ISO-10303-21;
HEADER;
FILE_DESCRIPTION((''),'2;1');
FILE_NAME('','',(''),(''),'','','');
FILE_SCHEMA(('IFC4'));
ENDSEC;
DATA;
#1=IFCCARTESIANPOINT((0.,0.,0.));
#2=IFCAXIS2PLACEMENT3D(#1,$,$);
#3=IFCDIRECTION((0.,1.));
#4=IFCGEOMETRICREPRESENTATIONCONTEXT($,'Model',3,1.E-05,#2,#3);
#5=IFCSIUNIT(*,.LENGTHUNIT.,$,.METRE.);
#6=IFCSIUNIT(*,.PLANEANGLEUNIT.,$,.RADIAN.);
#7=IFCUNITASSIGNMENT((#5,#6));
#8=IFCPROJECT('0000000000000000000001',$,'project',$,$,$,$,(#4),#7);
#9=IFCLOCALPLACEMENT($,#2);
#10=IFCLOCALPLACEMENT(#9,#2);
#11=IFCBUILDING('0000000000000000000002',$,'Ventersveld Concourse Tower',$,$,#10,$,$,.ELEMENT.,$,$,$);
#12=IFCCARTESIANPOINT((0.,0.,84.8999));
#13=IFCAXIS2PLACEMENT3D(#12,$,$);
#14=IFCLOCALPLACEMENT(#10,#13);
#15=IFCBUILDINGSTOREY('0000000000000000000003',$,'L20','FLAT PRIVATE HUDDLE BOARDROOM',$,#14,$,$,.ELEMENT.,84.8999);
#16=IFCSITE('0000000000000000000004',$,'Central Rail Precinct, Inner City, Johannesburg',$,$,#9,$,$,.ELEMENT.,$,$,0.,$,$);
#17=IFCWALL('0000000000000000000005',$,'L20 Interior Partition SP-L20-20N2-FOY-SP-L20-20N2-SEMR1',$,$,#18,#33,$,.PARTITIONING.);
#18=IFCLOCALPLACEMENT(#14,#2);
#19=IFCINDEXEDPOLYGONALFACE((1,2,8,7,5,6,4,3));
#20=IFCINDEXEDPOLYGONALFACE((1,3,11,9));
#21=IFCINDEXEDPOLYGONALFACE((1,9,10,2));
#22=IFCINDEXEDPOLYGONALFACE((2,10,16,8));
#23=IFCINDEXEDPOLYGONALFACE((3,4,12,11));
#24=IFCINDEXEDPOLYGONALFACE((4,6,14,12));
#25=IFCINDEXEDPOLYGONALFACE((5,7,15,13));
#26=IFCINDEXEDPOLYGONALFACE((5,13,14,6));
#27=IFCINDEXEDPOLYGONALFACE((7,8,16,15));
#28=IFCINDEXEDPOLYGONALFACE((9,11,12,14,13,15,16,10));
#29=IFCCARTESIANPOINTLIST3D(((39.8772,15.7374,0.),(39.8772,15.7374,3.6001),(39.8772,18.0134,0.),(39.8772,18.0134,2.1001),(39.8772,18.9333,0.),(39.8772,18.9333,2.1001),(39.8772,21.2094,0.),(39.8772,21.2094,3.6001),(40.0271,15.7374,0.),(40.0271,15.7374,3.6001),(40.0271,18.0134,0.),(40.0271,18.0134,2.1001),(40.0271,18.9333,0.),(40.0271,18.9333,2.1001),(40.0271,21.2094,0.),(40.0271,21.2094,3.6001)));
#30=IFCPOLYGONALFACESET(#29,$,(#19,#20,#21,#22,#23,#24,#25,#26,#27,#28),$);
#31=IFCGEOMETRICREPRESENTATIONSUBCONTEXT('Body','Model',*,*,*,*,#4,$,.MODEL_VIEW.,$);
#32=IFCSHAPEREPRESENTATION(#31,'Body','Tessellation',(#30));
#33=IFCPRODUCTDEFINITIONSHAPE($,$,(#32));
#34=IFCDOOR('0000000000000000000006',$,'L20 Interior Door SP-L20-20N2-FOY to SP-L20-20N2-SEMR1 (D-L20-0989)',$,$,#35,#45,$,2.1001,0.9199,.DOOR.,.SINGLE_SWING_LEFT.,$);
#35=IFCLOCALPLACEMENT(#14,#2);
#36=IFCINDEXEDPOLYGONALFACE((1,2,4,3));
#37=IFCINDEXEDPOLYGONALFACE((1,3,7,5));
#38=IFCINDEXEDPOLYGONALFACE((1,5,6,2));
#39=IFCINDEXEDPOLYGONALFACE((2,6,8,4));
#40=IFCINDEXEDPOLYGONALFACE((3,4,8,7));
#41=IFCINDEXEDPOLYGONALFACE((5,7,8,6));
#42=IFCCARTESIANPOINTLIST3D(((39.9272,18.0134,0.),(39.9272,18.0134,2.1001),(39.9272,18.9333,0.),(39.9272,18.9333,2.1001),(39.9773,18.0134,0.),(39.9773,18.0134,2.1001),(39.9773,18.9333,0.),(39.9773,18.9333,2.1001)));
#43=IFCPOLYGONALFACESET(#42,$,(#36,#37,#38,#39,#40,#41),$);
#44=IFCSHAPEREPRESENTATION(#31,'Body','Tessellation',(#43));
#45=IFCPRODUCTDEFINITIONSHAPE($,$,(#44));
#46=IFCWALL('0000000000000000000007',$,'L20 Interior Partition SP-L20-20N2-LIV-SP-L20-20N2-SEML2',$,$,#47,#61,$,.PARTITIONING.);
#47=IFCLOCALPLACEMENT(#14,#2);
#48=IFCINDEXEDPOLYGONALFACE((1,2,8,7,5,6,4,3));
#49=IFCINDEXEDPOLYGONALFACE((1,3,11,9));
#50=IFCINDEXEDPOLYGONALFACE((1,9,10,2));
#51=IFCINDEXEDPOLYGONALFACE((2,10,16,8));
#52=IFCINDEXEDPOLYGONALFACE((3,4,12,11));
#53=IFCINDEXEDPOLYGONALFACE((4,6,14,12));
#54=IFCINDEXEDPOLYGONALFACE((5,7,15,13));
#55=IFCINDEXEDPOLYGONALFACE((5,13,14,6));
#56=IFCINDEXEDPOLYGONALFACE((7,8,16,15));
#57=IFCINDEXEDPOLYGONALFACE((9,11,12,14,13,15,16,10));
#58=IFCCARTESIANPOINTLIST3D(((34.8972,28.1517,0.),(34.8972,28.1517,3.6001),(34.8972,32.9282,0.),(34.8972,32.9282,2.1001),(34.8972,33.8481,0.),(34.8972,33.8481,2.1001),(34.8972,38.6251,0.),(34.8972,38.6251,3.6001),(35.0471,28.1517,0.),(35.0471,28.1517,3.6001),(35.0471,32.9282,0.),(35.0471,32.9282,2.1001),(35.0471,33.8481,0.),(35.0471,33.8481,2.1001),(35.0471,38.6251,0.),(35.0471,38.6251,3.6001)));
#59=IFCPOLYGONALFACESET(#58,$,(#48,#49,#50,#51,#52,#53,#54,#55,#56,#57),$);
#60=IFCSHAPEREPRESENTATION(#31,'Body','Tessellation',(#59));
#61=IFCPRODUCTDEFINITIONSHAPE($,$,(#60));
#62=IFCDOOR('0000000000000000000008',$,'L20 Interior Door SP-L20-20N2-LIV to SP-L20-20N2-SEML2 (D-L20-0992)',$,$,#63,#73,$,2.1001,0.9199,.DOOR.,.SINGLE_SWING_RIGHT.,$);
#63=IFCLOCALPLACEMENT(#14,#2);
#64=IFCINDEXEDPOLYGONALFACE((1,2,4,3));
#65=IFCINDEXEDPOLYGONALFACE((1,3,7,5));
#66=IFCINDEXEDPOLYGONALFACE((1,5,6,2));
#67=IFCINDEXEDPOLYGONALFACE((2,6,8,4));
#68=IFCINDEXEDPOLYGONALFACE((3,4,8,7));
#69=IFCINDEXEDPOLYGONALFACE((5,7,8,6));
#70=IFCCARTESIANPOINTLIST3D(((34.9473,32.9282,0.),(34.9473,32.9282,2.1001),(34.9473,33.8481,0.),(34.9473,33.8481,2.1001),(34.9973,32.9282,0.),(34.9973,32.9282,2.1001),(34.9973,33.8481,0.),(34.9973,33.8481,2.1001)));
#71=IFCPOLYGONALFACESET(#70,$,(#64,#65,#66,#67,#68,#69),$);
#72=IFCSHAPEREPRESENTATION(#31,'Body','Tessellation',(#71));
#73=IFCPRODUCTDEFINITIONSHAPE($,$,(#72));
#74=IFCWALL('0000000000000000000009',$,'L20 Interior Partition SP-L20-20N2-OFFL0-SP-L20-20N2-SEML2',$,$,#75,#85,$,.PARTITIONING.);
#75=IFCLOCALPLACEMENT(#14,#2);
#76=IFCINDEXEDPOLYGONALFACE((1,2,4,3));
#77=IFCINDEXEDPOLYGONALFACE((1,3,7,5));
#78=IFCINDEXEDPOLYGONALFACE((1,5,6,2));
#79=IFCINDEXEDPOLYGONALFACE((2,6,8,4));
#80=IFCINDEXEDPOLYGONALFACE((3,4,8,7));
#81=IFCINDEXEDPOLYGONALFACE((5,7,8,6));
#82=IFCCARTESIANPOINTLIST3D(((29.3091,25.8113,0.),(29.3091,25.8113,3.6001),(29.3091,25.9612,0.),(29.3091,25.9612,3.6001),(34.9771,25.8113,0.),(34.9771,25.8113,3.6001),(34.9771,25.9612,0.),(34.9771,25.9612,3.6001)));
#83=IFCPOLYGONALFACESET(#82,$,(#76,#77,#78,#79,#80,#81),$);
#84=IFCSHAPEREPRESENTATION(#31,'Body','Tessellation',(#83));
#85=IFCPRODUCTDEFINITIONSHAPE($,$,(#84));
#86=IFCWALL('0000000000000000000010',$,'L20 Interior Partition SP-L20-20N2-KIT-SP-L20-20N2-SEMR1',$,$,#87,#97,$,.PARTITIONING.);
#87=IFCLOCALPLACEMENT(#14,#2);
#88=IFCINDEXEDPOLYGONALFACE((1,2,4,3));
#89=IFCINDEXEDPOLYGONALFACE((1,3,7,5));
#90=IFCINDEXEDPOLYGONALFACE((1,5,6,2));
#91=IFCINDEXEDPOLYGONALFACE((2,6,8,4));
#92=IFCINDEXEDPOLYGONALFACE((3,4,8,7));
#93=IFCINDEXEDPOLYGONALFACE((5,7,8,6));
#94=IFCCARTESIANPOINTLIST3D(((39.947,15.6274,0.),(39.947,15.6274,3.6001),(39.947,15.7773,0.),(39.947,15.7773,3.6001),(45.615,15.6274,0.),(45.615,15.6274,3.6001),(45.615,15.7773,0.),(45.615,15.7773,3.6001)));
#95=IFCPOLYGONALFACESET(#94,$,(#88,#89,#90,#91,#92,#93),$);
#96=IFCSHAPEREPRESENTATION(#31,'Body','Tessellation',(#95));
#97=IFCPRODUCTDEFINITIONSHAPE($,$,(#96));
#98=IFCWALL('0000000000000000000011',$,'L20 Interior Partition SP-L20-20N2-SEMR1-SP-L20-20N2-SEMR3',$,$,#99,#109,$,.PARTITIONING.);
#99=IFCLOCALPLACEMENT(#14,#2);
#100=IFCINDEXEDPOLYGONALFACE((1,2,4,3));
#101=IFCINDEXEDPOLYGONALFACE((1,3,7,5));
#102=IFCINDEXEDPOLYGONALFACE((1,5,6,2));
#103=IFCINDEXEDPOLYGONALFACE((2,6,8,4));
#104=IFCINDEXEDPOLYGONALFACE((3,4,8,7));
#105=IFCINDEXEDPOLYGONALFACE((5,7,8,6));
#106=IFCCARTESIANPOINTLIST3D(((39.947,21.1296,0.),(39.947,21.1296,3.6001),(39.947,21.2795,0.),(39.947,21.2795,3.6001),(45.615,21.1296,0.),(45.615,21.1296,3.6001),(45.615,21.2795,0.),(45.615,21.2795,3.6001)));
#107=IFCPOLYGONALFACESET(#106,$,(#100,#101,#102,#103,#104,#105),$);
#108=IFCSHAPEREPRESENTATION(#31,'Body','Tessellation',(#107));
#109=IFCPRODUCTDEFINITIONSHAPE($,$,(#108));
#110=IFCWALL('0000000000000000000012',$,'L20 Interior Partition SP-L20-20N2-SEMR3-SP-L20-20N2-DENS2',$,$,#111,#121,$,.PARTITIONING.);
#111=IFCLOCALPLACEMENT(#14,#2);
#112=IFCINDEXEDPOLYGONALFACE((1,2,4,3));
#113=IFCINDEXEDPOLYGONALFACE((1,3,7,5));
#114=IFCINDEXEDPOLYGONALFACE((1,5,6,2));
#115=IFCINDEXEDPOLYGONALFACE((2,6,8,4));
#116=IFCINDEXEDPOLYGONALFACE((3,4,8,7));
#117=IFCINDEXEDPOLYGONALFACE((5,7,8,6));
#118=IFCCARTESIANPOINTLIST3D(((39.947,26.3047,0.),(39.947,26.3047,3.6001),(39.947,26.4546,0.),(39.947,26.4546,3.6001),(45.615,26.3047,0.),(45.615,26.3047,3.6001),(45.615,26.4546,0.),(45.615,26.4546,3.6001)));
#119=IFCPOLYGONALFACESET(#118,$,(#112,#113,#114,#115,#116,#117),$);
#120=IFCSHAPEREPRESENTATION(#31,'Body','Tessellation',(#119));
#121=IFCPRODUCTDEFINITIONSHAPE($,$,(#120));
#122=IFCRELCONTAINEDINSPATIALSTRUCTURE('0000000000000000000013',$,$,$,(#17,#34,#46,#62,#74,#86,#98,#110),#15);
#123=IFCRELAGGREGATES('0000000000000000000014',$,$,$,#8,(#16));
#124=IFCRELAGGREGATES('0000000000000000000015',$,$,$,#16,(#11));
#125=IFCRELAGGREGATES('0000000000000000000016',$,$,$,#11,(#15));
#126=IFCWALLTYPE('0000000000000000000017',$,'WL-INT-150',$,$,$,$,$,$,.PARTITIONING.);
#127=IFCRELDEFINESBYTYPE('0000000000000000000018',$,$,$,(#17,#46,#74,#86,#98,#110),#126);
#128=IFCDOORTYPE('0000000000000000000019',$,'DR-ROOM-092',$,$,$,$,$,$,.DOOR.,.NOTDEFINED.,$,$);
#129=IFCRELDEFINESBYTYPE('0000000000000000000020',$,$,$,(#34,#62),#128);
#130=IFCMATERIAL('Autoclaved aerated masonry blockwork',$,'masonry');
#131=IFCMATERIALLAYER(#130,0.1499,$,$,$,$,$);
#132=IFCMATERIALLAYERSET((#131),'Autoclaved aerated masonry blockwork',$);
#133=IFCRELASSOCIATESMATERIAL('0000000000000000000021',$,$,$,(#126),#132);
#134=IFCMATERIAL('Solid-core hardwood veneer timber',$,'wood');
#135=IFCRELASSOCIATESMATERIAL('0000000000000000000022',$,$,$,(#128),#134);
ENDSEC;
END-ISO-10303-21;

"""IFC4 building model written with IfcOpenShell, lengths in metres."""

from ifc_helpers import new_model, si_unit, direction, frame, frame_2d, origin, place, context, subcontext, project, spatial, rectangle, extrude, material, layer, layer_set, type_object, element, fill, save


model = new_model("IFC4")

# Units and contexts
model_context = context("Model", 3, precision=1e-05, world=origin(), true_north=direction((0.0, 1.0)))
body_context = subcontext(model_context, "Body", "Model", "MODEL_VIEW")
ifc_project = project(units=[si_unit("LENGTHUNIT", "METRE"), si_unit("PLANEANGLEUNIT", "RADIAN")], contexts=[model_context])

# Site, building, storey
site_placement = place(None, origin())
site = spatial("IfcSite", under=ifc_project, at=site_placement, Name="Central Rail Precinct, Inner City, Johannesburg", CompositionType="ELEMENT", RefElevation=0.0)
building_placement = place(site_placement, origin())
building = spatial("IfcBuilding", under=site, at=building_placement, Name="Ventersveld Concourse Tower", CompositionType="ELEMENT")
storey_placement = place(building_placement, frame((0.0, 0.0, 84.8999)))
storey = spatial("IfcBuildingStorey", under=building, at=storey_placement, Name="L20", Description="FLAT PRIVATE HUDDLE BOARDROOM", CompositionType="ELEMENT", Elevation=84.8999)

# Walls, openings, doors
ifc_material_1 = material(Name="Autoclaved aerated masonry blockwork", Category="masonry")
ifc_layer_1 = layer(ifc_material_1, 0.1499)
ifc_layer_set_1 = layer_set([ifc_layer_1], Name="Autoclaved aerated masonry blockwork")
wall_type_1 = type_object("IfcWallType", Name="WL-INT-150", PredefinedType="PARTITIONING", material=ifc_layer_set_1)
ifc_material_2 = material(Name="Solid-core hardwood veneer timber", Category="wood")
door_type = type_object("IfcDoorType", Name="DR-ROOM-092", OperationType="NOTDEFINED", PredefinedType="DOOR", material=ifc_material_2)
wall_1_placement = place(storey_placement, frame((39.9521, 15.7375, 0.0), z_axis=(0.0, 0.0, 1.0), x_axis=(0.0, 1.0, 0.0)))
wall_1 = element("IfcWall", 1, at=wall_1_placement, inside=storey, type_object=wall_type_1, Name="L20 Interior Partition SP-L20-20N2-FOY-SP-L20-20N2-SEMR1", PredefinedType="PARTITIONING", context=body_context, shape_type="SweptSolid", body=[
    extrude(rectangle(XDim=5.4719, YDim=0.1499, at=frame_2d((2.7358, 0.0))), origin(), (0.0, 0.0, 1.0), 3.6001),
])
opening_1_placement = place(wall_1_placement, frame((2.2759, 0.0, 0.0)))
opening_1 = element("IfcOpeningElement", 2, at=opening_1_placement, cuts=wall_1, PredefinedType="OPENING", context=body_context, shape_type="SweptSolid", body=[
    extrude(rectangle(XDim=0.9199, YDim=2.1001, at=frame_2d((0.46, 1.05))), frame((0.0, 0.085, 0.0), z_axis=(0.0, -1.0, 0.0), x_axis=(1.0, 0.0, 0.0)), (0.0, 0.0, 1.0), 0.1699),
])
door_1_placement = place(opening_1_placement, origin())
door_1 = element("IfcDoor", 3, at=door_1_placement, inside=storey, type_object=door_type, Name="L20 Interior Door SP-L20-20N2-FOY to SP-L20-20N2-SEMR1 (D-L20-0989)", OperationType="SINGLE_SWING_LEFT", OverallHeight=2.1001, OverallWidth=0.9199, PredefinedType="DOOR", context=body_context, shape_type="SweptSolid", body=[
    extrude(rectangle(XDim=0.9199, YDim=2.1001, at=frame_2d((0.46, 1.05))), frame((0.0, 0.0249, 0.0), z_axis=(0.0, -1.0, 0.0), x_axis=(1.0, 0.0, 0.0)), (0.0, 0.0, 1.0), 0.05),
])
fill(opening_1, door_1)
wall_2_placement = place(storey_placement, frame((34.9722, 28.1516, 0.0), z_axis=(0.0, 0.0, 1.0), x_axis=(0.0, 1.0, 0.0)))
wall_2 = element("IfcWall", 4, at=wall_2_placement, inside=storey, type_object=wall_type_1, Name="L20 Interior Partition SP-L20-20N2-LIV-SP-L20-20N2-SEML2", PredefinedType="PARTITIONING", context=body_context, shape_type="SweptSolid", body=[
    extrude(rectangle(XDim=10.4734, YDim=0.1499, at=frame_2d((5.2368, 0.0))), origin(), (0.0, 0.0, 1.0), 3.6001),
])
opening_2_placement = place(wall_2_placement, frame((4.7766, 0.0, 0.0)))
opening_2 = element("IfcOpeningElement", 5, at=opening_2_placement, cuts=wall_2, PredefinedType="OPENING", context=body_context, shape_type="SweptSolid", body=[
    extrude(rectangle(XDim=0.9199, YDim=2.1001, at=frame_2d((0.46, 1.05))), frame((0.0, 0.085, 0.0), z_axis=(0.0, -1.0, 0.0), x_axis=(1.0, 0.0, 0.0)), (0.0, 0.0, 1.0), 0.1699),
])
door_2_placement = place(opening_2_placement, origin())
door_2 = element("IfcDoor", 6, at=door_2_placement, inside=storey, type_object=door_type, Name="L20 Interior Door SP-L20-20N2-LIV to SP-L20-20N2-SEML2 (D-L20-0992)", OperationType="SINGLE_SWING_RIGHT", OverallHeight=2.1001, OverallWidth=0.9199, PredefinedType="DOOR", context=body_context, shape_type="SweptSolid", body=[
    extrude(rectangle(XDim=0.9199, YDim=2.1001, at=frame_2d((0.46, 1.05))), frame((0.0, 0.0249, 0.0), z_axis=(0.0, -1.0, 0.0), x_axis=(1.0, 0.0, 0.0)), (0.0, 0.0, 1.0), 0.05),
])
fill(opening_2, door_2)

# Walls
for number, where, z_axis, x_axis, name in (
    (7, (29.3091, 25.8862, 0.0), (0.0, 0.0, 1.0), (1.0, 0.0, 0.0), "L20 Interior Partition SP-L20-20N2-OFFL0-SP-L20-20N2-SEML2"),
    (8, (39.947, 15.7024, 0.0), (0.0, 0.0, 1.0), (1.0, 0.0, 0.0), "L20 Interior Partition SP-L20-20N2-KIT-SP-L20-20N2-SEMR1"),
    (9, (39.947, 21.2046, 0.0), (0.0, 0.0, 1.0), (1.0, 0.0, 0.0), "L20 Interior Partition SP-L20-20N2-SEMR1-SP-L20-20N2-SEMR3"),
    (10, (39.947, 26.3796, 0.0), (0.0, 0.0, 1.0), (1.0, 0.0, 0.0), "L20 Interior Partition SP-L20-20N2-SEMR3-SP-L20-20N2-DENS2"),
):
    element("IfcWall", number, at=place(storey_placement, frame(where, z_axis=z_axis, x_axis=x_axis)), inside=storey, type_object=wall_type_1, Name=name, PredefinedType="PARTITIONING", context=body_context, shape_type="SweptSolid", body=[
        extrude(rectangle(XDim=5.668, YDim=0.1499, at=frame_2d((2.834, 0.0))), origin(), (0.0, 0.0, 1.0), 3.6001),
    ])

save(model, "model.ifc")
